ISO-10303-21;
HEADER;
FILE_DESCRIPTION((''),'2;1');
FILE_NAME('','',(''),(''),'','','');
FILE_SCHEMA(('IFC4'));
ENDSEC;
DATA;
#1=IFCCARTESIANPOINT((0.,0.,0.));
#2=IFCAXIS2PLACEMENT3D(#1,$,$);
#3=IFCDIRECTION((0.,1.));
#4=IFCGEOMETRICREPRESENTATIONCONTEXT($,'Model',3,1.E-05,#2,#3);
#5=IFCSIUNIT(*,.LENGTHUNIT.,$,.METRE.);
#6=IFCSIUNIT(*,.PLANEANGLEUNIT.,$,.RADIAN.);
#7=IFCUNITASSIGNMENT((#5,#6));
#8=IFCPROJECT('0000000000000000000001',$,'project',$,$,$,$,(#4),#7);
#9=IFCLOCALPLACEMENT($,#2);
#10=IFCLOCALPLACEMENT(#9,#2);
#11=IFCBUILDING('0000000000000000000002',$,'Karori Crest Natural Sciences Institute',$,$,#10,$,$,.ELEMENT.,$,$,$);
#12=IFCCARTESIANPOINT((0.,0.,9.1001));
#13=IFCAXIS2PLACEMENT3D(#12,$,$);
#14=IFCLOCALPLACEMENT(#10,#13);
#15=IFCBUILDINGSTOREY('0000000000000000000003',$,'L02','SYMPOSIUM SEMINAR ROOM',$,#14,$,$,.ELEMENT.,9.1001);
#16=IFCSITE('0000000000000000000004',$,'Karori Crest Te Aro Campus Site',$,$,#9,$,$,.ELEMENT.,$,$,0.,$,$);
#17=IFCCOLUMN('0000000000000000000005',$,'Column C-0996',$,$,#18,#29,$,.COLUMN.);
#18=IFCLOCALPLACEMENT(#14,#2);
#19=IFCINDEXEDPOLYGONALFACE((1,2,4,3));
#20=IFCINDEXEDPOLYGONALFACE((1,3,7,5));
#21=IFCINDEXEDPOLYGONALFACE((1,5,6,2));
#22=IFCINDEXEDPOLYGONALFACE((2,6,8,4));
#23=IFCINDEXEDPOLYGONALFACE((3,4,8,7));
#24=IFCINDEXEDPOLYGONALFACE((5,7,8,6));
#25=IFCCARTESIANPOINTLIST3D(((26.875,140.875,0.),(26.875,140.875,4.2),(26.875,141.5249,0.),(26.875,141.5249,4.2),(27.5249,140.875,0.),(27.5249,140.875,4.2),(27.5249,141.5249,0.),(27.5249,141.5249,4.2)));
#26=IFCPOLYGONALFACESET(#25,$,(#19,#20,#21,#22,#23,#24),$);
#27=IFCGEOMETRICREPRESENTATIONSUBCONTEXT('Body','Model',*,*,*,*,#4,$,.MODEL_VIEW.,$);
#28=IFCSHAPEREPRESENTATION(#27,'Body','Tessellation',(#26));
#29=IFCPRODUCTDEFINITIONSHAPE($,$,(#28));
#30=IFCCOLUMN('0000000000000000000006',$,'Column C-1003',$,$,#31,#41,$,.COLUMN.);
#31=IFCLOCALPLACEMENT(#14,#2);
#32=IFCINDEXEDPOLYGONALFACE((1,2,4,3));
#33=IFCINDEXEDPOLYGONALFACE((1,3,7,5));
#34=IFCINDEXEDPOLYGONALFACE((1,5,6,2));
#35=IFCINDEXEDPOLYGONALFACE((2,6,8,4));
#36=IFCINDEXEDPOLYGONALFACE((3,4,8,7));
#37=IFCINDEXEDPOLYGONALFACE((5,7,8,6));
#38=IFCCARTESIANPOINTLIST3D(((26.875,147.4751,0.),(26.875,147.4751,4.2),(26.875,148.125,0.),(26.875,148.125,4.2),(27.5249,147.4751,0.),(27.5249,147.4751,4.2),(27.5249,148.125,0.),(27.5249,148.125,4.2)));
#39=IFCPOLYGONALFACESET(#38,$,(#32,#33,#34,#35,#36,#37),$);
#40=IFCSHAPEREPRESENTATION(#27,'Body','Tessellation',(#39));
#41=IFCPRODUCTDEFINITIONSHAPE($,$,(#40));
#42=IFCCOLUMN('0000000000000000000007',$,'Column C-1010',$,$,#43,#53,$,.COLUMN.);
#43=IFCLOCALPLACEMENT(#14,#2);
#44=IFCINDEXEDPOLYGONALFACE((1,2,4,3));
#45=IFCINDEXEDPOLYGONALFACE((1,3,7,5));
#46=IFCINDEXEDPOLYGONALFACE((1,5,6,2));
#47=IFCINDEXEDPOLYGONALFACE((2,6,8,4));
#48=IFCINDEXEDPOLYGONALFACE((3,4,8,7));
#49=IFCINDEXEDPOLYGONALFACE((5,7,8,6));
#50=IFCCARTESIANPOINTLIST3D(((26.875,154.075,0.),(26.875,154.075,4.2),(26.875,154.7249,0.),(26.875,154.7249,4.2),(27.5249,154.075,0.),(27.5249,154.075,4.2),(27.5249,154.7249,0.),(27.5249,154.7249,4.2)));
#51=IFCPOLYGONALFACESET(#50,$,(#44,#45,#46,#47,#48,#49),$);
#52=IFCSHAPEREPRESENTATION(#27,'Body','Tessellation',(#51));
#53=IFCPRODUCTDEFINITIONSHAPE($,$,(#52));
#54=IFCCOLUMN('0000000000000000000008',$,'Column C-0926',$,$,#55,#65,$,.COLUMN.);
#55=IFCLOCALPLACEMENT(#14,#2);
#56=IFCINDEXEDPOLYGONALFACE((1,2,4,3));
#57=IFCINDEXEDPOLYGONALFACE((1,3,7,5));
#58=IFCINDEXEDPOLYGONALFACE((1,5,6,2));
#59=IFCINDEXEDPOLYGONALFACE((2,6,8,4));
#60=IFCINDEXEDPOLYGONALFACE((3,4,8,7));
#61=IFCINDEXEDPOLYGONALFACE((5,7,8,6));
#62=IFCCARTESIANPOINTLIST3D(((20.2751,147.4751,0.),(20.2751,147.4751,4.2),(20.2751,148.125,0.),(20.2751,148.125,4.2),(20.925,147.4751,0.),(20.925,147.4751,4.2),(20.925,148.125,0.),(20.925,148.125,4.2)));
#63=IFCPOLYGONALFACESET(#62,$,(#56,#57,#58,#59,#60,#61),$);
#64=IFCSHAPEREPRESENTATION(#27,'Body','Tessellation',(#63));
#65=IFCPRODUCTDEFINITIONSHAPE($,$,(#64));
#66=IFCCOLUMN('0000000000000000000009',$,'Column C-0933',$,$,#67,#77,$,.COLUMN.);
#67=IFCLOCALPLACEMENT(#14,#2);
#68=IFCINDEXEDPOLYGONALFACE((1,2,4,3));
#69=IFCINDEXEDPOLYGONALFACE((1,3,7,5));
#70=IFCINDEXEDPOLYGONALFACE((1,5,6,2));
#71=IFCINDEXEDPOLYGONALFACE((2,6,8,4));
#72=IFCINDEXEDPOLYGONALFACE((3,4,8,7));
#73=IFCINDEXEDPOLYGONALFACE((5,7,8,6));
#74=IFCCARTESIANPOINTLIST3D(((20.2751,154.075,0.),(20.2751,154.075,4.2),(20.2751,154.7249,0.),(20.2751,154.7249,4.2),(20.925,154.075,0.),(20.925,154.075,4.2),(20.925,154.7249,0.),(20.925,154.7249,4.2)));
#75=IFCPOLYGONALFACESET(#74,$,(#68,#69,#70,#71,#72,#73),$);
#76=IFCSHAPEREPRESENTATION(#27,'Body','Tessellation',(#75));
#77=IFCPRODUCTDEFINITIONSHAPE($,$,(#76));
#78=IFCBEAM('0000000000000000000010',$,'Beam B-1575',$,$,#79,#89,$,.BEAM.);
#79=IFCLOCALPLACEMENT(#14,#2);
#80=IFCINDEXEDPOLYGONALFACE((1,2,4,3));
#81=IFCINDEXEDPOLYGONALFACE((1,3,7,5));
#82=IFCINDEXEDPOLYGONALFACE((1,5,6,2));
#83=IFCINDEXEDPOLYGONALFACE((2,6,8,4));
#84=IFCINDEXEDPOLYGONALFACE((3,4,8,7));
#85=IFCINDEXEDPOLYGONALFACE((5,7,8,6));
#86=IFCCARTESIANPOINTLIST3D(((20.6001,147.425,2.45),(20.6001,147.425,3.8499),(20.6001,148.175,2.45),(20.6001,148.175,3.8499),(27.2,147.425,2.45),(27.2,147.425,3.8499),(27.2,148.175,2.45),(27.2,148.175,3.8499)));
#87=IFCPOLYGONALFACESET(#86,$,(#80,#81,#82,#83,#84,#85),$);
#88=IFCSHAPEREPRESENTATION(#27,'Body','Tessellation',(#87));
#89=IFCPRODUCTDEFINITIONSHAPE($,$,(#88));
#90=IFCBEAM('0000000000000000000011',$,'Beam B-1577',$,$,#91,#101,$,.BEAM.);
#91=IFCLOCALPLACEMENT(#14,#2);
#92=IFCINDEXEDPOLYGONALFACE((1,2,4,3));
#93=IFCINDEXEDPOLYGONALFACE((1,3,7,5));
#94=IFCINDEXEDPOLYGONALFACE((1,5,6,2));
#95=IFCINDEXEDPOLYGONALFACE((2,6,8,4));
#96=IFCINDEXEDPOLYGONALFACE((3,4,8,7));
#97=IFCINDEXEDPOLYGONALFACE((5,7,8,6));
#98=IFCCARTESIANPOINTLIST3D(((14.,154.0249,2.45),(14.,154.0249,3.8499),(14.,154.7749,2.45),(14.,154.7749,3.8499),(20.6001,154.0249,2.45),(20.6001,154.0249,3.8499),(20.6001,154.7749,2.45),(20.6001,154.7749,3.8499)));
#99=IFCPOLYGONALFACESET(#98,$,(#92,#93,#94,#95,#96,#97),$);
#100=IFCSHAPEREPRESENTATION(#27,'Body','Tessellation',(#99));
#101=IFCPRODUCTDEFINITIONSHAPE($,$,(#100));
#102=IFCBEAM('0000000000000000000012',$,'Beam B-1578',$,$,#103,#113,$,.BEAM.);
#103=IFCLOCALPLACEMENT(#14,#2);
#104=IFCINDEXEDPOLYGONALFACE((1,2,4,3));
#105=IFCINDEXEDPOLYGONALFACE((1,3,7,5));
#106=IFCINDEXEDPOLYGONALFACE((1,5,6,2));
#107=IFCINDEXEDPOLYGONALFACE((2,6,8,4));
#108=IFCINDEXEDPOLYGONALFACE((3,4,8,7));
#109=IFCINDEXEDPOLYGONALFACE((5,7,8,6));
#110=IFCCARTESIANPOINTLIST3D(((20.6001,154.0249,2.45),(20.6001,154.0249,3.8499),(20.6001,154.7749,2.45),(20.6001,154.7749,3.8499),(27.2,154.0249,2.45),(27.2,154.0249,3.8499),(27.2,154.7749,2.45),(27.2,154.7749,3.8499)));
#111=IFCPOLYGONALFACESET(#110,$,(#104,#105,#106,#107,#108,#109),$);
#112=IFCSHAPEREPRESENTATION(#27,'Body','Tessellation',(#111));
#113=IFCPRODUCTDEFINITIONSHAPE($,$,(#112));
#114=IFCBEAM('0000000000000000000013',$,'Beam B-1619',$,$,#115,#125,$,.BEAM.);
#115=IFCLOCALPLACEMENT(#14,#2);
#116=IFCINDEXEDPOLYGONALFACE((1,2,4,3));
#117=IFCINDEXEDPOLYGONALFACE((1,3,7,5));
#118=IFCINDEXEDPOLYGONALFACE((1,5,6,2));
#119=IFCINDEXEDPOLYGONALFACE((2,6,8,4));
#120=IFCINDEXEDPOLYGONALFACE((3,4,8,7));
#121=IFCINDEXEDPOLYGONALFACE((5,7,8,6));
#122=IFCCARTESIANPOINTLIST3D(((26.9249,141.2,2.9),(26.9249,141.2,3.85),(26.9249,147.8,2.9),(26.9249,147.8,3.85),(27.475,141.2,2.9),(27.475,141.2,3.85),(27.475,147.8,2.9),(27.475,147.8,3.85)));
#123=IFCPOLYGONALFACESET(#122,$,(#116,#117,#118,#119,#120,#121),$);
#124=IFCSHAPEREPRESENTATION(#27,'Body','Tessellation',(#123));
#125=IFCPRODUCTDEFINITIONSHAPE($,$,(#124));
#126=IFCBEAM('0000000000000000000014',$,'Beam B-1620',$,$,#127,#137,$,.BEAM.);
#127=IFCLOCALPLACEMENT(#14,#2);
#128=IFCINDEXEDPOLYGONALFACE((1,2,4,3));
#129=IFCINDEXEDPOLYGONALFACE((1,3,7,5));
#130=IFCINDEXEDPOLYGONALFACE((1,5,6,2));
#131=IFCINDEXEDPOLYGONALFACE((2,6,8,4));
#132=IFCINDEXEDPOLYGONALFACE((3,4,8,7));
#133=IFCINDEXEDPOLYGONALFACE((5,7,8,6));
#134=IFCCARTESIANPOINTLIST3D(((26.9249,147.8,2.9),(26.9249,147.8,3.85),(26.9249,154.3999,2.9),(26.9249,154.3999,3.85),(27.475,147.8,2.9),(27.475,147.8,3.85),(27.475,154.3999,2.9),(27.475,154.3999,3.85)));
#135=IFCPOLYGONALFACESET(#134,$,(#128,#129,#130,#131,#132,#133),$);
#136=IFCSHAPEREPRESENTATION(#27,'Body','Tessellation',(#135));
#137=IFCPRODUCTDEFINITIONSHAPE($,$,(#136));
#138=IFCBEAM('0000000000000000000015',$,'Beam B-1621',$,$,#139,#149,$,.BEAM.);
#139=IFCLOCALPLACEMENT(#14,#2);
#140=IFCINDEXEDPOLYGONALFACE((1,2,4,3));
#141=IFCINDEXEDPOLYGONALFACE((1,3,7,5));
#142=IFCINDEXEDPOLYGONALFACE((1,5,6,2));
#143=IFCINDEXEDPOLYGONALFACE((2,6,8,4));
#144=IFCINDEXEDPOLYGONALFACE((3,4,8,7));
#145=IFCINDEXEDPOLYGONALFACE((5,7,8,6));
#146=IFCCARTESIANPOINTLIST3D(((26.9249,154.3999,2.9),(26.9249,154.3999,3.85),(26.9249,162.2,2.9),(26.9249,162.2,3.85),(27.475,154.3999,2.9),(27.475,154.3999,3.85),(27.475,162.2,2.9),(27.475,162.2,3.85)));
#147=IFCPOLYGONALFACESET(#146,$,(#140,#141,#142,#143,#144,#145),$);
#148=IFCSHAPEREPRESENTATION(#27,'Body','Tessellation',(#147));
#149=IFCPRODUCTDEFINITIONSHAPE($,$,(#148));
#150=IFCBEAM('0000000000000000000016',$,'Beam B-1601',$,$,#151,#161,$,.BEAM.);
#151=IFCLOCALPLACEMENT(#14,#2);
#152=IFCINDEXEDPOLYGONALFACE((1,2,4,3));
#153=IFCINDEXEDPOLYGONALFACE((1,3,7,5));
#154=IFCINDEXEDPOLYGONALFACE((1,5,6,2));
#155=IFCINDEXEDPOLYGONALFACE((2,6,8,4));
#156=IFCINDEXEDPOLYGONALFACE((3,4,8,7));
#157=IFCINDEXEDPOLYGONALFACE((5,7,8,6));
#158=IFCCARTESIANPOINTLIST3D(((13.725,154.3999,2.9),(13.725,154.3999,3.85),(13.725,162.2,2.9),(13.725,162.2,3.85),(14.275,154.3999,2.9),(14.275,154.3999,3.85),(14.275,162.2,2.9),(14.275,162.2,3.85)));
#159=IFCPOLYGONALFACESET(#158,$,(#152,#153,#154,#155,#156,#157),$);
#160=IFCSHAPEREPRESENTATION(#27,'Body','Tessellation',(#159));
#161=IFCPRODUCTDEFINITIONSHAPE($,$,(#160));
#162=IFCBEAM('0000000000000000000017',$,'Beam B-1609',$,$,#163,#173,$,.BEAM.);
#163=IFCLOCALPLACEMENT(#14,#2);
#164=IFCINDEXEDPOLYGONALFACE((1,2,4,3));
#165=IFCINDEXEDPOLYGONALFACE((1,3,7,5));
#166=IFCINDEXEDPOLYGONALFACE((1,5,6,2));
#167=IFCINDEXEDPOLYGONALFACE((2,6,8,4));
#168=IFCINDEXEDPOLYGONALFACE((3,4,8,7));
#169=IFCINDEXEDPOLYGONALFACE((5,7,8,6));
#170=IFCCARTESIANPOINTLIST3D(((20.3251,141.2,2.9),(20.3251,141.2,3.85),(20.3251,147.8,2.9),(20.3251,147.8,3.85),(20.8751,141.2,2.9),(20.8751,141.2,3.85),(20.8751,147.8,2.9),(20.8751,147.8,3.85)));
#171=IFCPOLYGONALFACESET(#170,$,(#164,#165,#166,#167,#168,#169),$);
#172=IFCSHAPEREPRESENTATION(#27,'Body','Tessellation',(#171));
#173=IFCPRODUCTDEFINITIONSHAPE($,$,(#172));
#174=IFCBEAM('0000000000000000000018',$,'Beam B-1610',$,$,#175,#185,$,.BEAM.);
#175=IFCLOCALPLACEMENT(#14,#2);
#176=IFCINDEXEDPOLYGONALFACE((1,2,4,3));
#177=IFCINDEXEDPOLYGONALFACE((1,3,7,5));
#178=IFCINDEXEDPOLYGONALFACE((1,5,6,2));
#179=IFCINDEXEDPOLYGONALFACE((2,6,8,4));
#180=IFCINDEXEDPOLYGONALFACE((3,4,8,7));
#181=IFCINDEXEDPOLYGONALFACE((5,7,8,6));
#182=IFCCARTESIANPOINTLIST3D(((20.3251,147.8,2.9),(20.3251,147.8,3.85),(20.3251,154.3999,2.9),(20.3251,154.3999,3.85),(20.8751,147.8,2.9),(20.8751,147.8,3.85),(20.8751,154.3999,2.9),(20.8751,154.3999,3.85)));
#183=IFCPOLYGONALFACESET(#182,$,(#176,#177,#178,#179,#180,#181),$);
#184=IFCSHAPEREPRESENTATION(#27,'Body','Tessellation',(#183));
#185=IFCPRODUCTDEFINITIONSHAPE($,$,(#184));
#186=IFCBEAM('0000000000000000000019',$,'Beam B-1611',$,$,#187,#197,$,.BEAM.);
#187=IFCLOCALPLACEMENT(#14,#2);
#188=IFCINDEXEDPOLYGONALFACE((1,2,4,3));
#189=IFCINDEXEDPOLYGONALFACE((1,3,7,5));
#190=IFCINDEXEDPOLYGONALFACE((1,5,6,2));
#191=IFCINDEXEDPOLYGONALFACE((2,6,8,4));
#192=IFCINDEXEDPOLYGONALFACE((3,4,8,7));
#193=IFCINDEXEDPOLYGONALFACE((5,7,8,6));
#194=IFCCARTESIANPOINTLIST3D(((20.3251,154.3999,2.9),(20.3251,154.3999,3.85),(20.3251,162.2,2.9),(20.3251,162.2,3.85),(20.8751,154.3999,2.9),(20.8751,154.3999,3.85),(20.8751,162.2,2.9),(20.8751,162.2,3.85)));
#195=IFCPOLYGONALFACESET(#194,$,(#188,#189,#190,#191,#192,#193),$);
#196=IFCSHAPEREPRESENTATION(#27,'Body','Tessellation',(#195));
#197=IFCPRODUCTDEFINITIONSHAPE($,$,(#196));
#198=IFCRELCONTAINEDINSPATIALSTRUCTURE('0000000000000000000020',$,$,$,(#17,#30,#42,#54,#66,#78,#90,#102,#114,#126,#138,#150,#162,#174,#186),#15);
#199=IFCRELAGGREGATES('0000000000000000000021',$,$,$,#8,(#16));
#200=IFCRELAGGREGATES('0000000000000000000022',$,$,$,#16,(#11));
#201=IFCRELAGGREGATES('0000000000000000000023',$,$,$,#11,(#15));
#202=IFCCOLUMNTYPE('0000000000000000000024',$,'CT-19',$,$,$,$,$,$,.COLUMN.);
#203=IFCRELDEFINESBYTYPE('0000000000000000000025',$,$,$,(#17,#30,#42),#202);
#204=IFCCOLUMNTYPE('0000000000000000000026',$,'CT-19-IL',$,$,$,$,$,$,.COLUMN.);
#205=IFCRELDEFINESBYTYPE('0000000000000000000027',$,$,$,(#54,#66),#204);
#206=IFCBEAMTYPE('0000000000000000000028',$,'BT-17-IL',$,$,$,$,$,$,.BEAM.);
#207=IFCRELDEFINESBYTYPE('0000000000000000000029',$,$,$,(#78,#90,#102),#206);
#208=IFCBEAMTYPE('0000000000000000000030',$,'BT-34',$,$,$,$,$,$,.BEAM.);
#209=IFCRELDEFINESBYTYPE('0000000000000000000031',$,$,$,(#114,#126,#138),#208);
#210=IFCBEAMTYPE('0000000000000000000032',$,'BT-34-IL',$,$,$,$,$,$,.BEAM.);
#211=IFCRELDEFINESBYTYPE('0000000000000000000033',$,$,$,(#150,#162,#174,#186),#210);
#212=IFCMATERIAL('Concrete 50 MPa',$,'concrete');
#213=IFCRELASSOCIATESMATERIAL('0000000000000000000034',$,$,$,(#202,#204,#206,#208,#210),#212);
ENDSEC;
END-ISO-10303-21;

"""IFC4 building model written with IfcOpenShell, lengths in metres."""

from ifc_helpers import new_model, si_unit, direction, frame, origin, origin_2d, place, context, subcontext, project, spatial, rectangle, extrude, material, material_profile, profile_set, type_object, element, save


model = new_model("IFC4")

# Units and contexts
model_context = context("Model", 3, precision=1e-05, world=origin(), true_north=direction((0.0, 1.0)))
body_context = subcontext(model_context, "Body", "Model", "MODEL_VIEW")
ifc_project = project(units=[si_unit("LENGTHUNIT", "METRE"), si_unit("PLANEANGLEUNIT", "RADIAN")], contexts=[model_context])

# Site, building, storey
site_placement = place(None, origin())
site = spatial("IfcSite", under=ifc_project, at=site_placement, Name="Karori Crest Te Aro Campus Site", CompositionType="ELEMENT", RefElevation=0.0)
building_placement = place(site_placement, origin())
building = spatial("IfcBuilding", under=site, at=building_placement, Name="Karori Crest Natural Sciences Institute", CompositionType="ELEMENT")
storey_placement = place(building_placement, frame((0.0, 0.0, 9.1001)))
storey = spatial("IfcBuildingStorey", under=building, at=storey_placement, Name="L02", Description="SYMPOSIUM SEMINAR ROOM", CompositionType="ELEMENT", Elevation=9.1001)

# Columns
ifc_material_1 = material(Name="Concrete 50 MPa", Category="concrete")
ifc_material_profile_1 = material_profile(ifc_material_1, rectangle(XDim=0.6499, YDim=0.6499, at=origin_2d()), Name="RC650x650")
ifc_profile_set_1 = profile_set([ifc_material_profile_1], Name="Concrete 50 MPa")
column_type_1 = type_object("IfcColumnType", Name="CT-19", PredefinedType="COLUMN", material=ifc_profile_set_1)
for number, where, z_axis, x_axis, name in (
    (1, (27.2, 141.2, 0.0), (0.0, 0.0, 1.0), (1.0, 0.0, 0.0), "Column C-0996"),
    (2, (27.2, 147.8, 0.0), (0.0, 0.0, 1.0), (1.0, 0.0, 0.0), "Column C-1003"),
    (3, (27.2, 154.3999, 0.0), (0.0, 0.0, 1.0), (1.0, 0.0, 0.0), "Column C-1010"),
):
    element("IfcColumn", number, at=place(storey_placement, frame(where, z_axis=z_axis, x_axis=x_axis)), inside=storey, type_object=column_type_1, Name=name, PredefinedType="COLUMN", context=body_context, shape_type="SweptSolid", body=[
        extrude(rectangle(XDim=0.6499, YDim=0.6499, at=origin_2d()), origin(), (0.0, 0.0, 1.0), 4.2),
    ])
ifc_material_profile_2 = material_profile(ifc_material_1, rectangle(XDim=0.6499, YDim=0.6499, at=origin_2d()), Name="RC650x650")
ifc_profile_set_2 = profile_set([ifc_material_profile_2], Name="Concrete 50 MPa")
column_type_2 = type_object("IfcColumnType", Name="CT-19-IL", PredefinedType="COLUMN", material=ifc_profile_set_2)
for number, where, z_axis, x_axis, name in (
    (4, (20.6001, 147.8, 0.0), (0.0, 0.0, 1.0), (1.0, 0.0, 0.0), "Column C-0926"),
    (5, (20.6001, 154.3999, 0.0), (0.0, 0.0, 1.0), (1.0, 0.0, 0.0), "Column C-0933"),
):
    element("IfcColumn", number, at=place(storey_placement, frame(where, z_axis=z_axis, x_axis=x_axis)), inside=storey, type_object=column_type_2, Name=name, PredefinedType="COLUMN", context=body_context, shape_type="SweptSolid", body=[
        extrude(rectangle(XDim=0.6499, YDim=0.6499, at=origin_2d()), origin(), (0.0, 0.0, 1.0), 4.2),
    ])

# Beams
ifc_material_profile_3 = material_profile(ifc_material_1, rectangle(XDim=0.75, YDim=1.3999, at=origin_2d()), Name="RCB750x1400")
ifc_profile_set_3 = profile_set([ifc_material_profile_3], Name="Concrete 50 MPa")
beam_type_1 = type_object("IfcBeamType", Name="BT-17-IL", PredefinedType="BEAM", material=ifc_profile_set_3)
beam_1_placement = place(storey_placement, frame((20.6001, 147.8, 3.1499), z_axis=(1.0, 0.0, 0.0), x_axis=(0.0, 1.0, 0.0)))
element("IfcBeam", 6, at=beam_1_placement, inside=storey, type_object=beam_type_1, Name="Beam B-1575", PredefinedType="BEAM", context=body_context, shape_type="SweptSolid", body=[
    extrude(rectangle(XDim=0.75, YDim=1.3999, at=origin_2d()), origin(), (0.0, 0.0, 1.0), 6.5999),
])
beam_2_placement = place(storey_placement, frame((14.0, 154.3999, 3.1499), z_axis=(1.0, 0.0, 0.0), x_axis=(0.0, 1.0, 0.0)))
element("IfcBeam", 7, at=beam_2_placement, inside=storey, type_object=beam_type_1, Name="Beam B-1577", PredefinedType="BEAM", context=body_context, shape_type="SweptSolid", body=[
    extrude(rectangle(XDim=0.75, YDim=1.3999, at=origin_2d()), origin(), (0.0, 0.0, 1.0), 6.6001),
])
beam_3_placement = place(storey_placement, frame((20.6001, 154.3999, 3.1499), z_axis=(1.0, 0.0, 0.0), x_axis=(0.0, 1.0, 0.0)))
element("IfcBeam", 8, at=beam_3_placement, inside=storey, type_object=beam_type_1, Name="Beam B-1578", PredefinedType="BEAM", context=body_context, shape_type="SweptSolid", body=[
    extrude(rectangle(XDim=0.75, YDim=1.3999, at=origin_2d()), origin(), (0.0, 0.0, 1.0), 6.5999),
])
ifc_material_profile_4 = material_profile(ifc_material_1, rectangle(XDim=0.55, YDim=0.95, at=origin_2d()), Name="RCB550x950")
ifc_profile_set_4 = profile_set([ifc_material_profile_4], Name="Concrete 50 MPa")
beam_type_2 = type_object("IfcBeamType", Name="BT-34", PredefinedType="BEAM", material=ifc_profile_set_4)
beam_4_placement = place(storey_placement, frame((27.2, 141.2, 3.375), z_axis=(0.0, 1.0, 0.0), x_axis=(-1.0, 0.0, 0.0)))
element("IfcBeam", 9, at=beam_4_placement, inside=storey, type_object=beam_type_2, Name="Beam B-1619", PredefinedType="BEAM", context=body_context, shape_type="SweptSolid", body=[
    extrude(rectangle(XDim=0.55, YDim=0.95, at=origin_2d()), origin(), (0.0, 0.0, 1.0), 6.6001),
])
beam_5_placement = place(storey_placement, frame((27.2, 147.8, 3.375), z_axis=(0.0, 1.0, 0.0), x_axis=(-1.0, 0.0, 0.0)))
element("IfcBeam", 10, at=beam_5_placement, inside=storey, type_object=beam_type_2, Name="Beam B-1620", PredefinedType="BEAM", context=body_context, shape_type="SweptSolid", body=[
    extrude(rectangle(XDim=0.55, YDim=0.95, at=origin_2d()), origin(), (0.0, 0.0, 1.0), 6.5999),
])
beam_6_placement = place(storey_placement, frame((27.2, 154.3999, 3.375), z_axis=(0.0, 1.0, 0.0), x_axis=(-1.0, 0.0, 0.0)))
element("IfcBeam", 11, at=beam_6_placement, inside=storey, type_object=beam_type_2, Name="Beam B-1621", PredefinedType="BEAM", context=body_context, shape_type="SweptSolid", body=[
    extrude(rectangle(XDim=0.55, YDim=0.95, at=origin_2d()), origin(), (0.0, 0.0, 1.0), 7.8),
])
ifc_material_profile_5 = material_profile(ifc_material_1, rectangle(XDim=0.55, YDim=0.95, at=origin_2d()), Name="RCB550x950")
ifc_profile_set_5 = profile_set([ifc_material_profile_5], Name="Concrete 50 MPa")
beam_type_3 = type_object("IfcBeamType", Name="BT-34-IL", PredefinedType="BEAM", material=ifc_profile_set_5)
beam_7_placement = place(storey_placement, frame((14.0, 154.3999, 3.375), z_axis=(0.0, 1.0, 0.0), x_axis=(-1.0, 0.0, 0.0)))
element("IfcBeam", 12, at=beam_7_placement, inside=storey, type_object=beam_type_3, Name="Beam B-1601", PredefinedType="BEAM", context=body_context, shape_type="SweptSolid", body=[
    extrude(rectangle(XDim=0.55, YDim=0.95, at=origin_2d()), origin(), (0.0, 0.0, 1.0), 7.8),
])
beam_8_placement = place(storey_placement, frame((20.6001, 141.2, 3.375), z_axis=(0.0, 1.0, 0.0), x_axis=(-1.0, 0.0, 0.0)))
element("IfcBeam", 13, at=beam_8_placement, inside=storey, type_object=beam_type_3, Name="Beam B-1609", PredefinedType="BEAM", context=body_context, shape_type="SweptSolid", body=[
    extrude(rectangle(XDim=0.55, YDim=0.95, at=origin_2d()), origin(), (0.0, 0.0, 1.0), 6.6001),
])
beam_9_placement = place(storey_placement, frame((20.6001, 147.8, 3.375), z_axis=(0.0, 1.0, 0.0), x_axis=(-1.0, 0.0, 0.0)))
element("IfcBeam", 14, at=beam_9_placement, inside=storey, type_object=beam_type_3, Name="Beam B-1610", PredefinedType="BEAM", context=body_context, shape_type="SweptSolid", body=[
    extrude(rectangle(XDim=0.55, YDim=0.95, at=origin_2d()), origin(), (0.0, 0.0, 1.0), 6.5999),
])
beam_10_placement = place(storey_placement, frame((20.6001, 154.3999, 3.375), z_axis=(0.0, 1.0, 0.0), x_axis=(-1.0, 0.0, 0.0)))
element("IfcBeam", 15, at=beam_10_placement, inside=storey, type_object=beam_type_3, Name="Beam B-1611", PredefinedType="BEAM", context=body_context, shape_type="SweptSolid", body=[
    extrude(rectangle(XDim=0.55, YDim=0.95, at=origin_2d()), origin(), (0.0, 0.0, 1.0), 7.8),
])

save(model, "model.ifc")
